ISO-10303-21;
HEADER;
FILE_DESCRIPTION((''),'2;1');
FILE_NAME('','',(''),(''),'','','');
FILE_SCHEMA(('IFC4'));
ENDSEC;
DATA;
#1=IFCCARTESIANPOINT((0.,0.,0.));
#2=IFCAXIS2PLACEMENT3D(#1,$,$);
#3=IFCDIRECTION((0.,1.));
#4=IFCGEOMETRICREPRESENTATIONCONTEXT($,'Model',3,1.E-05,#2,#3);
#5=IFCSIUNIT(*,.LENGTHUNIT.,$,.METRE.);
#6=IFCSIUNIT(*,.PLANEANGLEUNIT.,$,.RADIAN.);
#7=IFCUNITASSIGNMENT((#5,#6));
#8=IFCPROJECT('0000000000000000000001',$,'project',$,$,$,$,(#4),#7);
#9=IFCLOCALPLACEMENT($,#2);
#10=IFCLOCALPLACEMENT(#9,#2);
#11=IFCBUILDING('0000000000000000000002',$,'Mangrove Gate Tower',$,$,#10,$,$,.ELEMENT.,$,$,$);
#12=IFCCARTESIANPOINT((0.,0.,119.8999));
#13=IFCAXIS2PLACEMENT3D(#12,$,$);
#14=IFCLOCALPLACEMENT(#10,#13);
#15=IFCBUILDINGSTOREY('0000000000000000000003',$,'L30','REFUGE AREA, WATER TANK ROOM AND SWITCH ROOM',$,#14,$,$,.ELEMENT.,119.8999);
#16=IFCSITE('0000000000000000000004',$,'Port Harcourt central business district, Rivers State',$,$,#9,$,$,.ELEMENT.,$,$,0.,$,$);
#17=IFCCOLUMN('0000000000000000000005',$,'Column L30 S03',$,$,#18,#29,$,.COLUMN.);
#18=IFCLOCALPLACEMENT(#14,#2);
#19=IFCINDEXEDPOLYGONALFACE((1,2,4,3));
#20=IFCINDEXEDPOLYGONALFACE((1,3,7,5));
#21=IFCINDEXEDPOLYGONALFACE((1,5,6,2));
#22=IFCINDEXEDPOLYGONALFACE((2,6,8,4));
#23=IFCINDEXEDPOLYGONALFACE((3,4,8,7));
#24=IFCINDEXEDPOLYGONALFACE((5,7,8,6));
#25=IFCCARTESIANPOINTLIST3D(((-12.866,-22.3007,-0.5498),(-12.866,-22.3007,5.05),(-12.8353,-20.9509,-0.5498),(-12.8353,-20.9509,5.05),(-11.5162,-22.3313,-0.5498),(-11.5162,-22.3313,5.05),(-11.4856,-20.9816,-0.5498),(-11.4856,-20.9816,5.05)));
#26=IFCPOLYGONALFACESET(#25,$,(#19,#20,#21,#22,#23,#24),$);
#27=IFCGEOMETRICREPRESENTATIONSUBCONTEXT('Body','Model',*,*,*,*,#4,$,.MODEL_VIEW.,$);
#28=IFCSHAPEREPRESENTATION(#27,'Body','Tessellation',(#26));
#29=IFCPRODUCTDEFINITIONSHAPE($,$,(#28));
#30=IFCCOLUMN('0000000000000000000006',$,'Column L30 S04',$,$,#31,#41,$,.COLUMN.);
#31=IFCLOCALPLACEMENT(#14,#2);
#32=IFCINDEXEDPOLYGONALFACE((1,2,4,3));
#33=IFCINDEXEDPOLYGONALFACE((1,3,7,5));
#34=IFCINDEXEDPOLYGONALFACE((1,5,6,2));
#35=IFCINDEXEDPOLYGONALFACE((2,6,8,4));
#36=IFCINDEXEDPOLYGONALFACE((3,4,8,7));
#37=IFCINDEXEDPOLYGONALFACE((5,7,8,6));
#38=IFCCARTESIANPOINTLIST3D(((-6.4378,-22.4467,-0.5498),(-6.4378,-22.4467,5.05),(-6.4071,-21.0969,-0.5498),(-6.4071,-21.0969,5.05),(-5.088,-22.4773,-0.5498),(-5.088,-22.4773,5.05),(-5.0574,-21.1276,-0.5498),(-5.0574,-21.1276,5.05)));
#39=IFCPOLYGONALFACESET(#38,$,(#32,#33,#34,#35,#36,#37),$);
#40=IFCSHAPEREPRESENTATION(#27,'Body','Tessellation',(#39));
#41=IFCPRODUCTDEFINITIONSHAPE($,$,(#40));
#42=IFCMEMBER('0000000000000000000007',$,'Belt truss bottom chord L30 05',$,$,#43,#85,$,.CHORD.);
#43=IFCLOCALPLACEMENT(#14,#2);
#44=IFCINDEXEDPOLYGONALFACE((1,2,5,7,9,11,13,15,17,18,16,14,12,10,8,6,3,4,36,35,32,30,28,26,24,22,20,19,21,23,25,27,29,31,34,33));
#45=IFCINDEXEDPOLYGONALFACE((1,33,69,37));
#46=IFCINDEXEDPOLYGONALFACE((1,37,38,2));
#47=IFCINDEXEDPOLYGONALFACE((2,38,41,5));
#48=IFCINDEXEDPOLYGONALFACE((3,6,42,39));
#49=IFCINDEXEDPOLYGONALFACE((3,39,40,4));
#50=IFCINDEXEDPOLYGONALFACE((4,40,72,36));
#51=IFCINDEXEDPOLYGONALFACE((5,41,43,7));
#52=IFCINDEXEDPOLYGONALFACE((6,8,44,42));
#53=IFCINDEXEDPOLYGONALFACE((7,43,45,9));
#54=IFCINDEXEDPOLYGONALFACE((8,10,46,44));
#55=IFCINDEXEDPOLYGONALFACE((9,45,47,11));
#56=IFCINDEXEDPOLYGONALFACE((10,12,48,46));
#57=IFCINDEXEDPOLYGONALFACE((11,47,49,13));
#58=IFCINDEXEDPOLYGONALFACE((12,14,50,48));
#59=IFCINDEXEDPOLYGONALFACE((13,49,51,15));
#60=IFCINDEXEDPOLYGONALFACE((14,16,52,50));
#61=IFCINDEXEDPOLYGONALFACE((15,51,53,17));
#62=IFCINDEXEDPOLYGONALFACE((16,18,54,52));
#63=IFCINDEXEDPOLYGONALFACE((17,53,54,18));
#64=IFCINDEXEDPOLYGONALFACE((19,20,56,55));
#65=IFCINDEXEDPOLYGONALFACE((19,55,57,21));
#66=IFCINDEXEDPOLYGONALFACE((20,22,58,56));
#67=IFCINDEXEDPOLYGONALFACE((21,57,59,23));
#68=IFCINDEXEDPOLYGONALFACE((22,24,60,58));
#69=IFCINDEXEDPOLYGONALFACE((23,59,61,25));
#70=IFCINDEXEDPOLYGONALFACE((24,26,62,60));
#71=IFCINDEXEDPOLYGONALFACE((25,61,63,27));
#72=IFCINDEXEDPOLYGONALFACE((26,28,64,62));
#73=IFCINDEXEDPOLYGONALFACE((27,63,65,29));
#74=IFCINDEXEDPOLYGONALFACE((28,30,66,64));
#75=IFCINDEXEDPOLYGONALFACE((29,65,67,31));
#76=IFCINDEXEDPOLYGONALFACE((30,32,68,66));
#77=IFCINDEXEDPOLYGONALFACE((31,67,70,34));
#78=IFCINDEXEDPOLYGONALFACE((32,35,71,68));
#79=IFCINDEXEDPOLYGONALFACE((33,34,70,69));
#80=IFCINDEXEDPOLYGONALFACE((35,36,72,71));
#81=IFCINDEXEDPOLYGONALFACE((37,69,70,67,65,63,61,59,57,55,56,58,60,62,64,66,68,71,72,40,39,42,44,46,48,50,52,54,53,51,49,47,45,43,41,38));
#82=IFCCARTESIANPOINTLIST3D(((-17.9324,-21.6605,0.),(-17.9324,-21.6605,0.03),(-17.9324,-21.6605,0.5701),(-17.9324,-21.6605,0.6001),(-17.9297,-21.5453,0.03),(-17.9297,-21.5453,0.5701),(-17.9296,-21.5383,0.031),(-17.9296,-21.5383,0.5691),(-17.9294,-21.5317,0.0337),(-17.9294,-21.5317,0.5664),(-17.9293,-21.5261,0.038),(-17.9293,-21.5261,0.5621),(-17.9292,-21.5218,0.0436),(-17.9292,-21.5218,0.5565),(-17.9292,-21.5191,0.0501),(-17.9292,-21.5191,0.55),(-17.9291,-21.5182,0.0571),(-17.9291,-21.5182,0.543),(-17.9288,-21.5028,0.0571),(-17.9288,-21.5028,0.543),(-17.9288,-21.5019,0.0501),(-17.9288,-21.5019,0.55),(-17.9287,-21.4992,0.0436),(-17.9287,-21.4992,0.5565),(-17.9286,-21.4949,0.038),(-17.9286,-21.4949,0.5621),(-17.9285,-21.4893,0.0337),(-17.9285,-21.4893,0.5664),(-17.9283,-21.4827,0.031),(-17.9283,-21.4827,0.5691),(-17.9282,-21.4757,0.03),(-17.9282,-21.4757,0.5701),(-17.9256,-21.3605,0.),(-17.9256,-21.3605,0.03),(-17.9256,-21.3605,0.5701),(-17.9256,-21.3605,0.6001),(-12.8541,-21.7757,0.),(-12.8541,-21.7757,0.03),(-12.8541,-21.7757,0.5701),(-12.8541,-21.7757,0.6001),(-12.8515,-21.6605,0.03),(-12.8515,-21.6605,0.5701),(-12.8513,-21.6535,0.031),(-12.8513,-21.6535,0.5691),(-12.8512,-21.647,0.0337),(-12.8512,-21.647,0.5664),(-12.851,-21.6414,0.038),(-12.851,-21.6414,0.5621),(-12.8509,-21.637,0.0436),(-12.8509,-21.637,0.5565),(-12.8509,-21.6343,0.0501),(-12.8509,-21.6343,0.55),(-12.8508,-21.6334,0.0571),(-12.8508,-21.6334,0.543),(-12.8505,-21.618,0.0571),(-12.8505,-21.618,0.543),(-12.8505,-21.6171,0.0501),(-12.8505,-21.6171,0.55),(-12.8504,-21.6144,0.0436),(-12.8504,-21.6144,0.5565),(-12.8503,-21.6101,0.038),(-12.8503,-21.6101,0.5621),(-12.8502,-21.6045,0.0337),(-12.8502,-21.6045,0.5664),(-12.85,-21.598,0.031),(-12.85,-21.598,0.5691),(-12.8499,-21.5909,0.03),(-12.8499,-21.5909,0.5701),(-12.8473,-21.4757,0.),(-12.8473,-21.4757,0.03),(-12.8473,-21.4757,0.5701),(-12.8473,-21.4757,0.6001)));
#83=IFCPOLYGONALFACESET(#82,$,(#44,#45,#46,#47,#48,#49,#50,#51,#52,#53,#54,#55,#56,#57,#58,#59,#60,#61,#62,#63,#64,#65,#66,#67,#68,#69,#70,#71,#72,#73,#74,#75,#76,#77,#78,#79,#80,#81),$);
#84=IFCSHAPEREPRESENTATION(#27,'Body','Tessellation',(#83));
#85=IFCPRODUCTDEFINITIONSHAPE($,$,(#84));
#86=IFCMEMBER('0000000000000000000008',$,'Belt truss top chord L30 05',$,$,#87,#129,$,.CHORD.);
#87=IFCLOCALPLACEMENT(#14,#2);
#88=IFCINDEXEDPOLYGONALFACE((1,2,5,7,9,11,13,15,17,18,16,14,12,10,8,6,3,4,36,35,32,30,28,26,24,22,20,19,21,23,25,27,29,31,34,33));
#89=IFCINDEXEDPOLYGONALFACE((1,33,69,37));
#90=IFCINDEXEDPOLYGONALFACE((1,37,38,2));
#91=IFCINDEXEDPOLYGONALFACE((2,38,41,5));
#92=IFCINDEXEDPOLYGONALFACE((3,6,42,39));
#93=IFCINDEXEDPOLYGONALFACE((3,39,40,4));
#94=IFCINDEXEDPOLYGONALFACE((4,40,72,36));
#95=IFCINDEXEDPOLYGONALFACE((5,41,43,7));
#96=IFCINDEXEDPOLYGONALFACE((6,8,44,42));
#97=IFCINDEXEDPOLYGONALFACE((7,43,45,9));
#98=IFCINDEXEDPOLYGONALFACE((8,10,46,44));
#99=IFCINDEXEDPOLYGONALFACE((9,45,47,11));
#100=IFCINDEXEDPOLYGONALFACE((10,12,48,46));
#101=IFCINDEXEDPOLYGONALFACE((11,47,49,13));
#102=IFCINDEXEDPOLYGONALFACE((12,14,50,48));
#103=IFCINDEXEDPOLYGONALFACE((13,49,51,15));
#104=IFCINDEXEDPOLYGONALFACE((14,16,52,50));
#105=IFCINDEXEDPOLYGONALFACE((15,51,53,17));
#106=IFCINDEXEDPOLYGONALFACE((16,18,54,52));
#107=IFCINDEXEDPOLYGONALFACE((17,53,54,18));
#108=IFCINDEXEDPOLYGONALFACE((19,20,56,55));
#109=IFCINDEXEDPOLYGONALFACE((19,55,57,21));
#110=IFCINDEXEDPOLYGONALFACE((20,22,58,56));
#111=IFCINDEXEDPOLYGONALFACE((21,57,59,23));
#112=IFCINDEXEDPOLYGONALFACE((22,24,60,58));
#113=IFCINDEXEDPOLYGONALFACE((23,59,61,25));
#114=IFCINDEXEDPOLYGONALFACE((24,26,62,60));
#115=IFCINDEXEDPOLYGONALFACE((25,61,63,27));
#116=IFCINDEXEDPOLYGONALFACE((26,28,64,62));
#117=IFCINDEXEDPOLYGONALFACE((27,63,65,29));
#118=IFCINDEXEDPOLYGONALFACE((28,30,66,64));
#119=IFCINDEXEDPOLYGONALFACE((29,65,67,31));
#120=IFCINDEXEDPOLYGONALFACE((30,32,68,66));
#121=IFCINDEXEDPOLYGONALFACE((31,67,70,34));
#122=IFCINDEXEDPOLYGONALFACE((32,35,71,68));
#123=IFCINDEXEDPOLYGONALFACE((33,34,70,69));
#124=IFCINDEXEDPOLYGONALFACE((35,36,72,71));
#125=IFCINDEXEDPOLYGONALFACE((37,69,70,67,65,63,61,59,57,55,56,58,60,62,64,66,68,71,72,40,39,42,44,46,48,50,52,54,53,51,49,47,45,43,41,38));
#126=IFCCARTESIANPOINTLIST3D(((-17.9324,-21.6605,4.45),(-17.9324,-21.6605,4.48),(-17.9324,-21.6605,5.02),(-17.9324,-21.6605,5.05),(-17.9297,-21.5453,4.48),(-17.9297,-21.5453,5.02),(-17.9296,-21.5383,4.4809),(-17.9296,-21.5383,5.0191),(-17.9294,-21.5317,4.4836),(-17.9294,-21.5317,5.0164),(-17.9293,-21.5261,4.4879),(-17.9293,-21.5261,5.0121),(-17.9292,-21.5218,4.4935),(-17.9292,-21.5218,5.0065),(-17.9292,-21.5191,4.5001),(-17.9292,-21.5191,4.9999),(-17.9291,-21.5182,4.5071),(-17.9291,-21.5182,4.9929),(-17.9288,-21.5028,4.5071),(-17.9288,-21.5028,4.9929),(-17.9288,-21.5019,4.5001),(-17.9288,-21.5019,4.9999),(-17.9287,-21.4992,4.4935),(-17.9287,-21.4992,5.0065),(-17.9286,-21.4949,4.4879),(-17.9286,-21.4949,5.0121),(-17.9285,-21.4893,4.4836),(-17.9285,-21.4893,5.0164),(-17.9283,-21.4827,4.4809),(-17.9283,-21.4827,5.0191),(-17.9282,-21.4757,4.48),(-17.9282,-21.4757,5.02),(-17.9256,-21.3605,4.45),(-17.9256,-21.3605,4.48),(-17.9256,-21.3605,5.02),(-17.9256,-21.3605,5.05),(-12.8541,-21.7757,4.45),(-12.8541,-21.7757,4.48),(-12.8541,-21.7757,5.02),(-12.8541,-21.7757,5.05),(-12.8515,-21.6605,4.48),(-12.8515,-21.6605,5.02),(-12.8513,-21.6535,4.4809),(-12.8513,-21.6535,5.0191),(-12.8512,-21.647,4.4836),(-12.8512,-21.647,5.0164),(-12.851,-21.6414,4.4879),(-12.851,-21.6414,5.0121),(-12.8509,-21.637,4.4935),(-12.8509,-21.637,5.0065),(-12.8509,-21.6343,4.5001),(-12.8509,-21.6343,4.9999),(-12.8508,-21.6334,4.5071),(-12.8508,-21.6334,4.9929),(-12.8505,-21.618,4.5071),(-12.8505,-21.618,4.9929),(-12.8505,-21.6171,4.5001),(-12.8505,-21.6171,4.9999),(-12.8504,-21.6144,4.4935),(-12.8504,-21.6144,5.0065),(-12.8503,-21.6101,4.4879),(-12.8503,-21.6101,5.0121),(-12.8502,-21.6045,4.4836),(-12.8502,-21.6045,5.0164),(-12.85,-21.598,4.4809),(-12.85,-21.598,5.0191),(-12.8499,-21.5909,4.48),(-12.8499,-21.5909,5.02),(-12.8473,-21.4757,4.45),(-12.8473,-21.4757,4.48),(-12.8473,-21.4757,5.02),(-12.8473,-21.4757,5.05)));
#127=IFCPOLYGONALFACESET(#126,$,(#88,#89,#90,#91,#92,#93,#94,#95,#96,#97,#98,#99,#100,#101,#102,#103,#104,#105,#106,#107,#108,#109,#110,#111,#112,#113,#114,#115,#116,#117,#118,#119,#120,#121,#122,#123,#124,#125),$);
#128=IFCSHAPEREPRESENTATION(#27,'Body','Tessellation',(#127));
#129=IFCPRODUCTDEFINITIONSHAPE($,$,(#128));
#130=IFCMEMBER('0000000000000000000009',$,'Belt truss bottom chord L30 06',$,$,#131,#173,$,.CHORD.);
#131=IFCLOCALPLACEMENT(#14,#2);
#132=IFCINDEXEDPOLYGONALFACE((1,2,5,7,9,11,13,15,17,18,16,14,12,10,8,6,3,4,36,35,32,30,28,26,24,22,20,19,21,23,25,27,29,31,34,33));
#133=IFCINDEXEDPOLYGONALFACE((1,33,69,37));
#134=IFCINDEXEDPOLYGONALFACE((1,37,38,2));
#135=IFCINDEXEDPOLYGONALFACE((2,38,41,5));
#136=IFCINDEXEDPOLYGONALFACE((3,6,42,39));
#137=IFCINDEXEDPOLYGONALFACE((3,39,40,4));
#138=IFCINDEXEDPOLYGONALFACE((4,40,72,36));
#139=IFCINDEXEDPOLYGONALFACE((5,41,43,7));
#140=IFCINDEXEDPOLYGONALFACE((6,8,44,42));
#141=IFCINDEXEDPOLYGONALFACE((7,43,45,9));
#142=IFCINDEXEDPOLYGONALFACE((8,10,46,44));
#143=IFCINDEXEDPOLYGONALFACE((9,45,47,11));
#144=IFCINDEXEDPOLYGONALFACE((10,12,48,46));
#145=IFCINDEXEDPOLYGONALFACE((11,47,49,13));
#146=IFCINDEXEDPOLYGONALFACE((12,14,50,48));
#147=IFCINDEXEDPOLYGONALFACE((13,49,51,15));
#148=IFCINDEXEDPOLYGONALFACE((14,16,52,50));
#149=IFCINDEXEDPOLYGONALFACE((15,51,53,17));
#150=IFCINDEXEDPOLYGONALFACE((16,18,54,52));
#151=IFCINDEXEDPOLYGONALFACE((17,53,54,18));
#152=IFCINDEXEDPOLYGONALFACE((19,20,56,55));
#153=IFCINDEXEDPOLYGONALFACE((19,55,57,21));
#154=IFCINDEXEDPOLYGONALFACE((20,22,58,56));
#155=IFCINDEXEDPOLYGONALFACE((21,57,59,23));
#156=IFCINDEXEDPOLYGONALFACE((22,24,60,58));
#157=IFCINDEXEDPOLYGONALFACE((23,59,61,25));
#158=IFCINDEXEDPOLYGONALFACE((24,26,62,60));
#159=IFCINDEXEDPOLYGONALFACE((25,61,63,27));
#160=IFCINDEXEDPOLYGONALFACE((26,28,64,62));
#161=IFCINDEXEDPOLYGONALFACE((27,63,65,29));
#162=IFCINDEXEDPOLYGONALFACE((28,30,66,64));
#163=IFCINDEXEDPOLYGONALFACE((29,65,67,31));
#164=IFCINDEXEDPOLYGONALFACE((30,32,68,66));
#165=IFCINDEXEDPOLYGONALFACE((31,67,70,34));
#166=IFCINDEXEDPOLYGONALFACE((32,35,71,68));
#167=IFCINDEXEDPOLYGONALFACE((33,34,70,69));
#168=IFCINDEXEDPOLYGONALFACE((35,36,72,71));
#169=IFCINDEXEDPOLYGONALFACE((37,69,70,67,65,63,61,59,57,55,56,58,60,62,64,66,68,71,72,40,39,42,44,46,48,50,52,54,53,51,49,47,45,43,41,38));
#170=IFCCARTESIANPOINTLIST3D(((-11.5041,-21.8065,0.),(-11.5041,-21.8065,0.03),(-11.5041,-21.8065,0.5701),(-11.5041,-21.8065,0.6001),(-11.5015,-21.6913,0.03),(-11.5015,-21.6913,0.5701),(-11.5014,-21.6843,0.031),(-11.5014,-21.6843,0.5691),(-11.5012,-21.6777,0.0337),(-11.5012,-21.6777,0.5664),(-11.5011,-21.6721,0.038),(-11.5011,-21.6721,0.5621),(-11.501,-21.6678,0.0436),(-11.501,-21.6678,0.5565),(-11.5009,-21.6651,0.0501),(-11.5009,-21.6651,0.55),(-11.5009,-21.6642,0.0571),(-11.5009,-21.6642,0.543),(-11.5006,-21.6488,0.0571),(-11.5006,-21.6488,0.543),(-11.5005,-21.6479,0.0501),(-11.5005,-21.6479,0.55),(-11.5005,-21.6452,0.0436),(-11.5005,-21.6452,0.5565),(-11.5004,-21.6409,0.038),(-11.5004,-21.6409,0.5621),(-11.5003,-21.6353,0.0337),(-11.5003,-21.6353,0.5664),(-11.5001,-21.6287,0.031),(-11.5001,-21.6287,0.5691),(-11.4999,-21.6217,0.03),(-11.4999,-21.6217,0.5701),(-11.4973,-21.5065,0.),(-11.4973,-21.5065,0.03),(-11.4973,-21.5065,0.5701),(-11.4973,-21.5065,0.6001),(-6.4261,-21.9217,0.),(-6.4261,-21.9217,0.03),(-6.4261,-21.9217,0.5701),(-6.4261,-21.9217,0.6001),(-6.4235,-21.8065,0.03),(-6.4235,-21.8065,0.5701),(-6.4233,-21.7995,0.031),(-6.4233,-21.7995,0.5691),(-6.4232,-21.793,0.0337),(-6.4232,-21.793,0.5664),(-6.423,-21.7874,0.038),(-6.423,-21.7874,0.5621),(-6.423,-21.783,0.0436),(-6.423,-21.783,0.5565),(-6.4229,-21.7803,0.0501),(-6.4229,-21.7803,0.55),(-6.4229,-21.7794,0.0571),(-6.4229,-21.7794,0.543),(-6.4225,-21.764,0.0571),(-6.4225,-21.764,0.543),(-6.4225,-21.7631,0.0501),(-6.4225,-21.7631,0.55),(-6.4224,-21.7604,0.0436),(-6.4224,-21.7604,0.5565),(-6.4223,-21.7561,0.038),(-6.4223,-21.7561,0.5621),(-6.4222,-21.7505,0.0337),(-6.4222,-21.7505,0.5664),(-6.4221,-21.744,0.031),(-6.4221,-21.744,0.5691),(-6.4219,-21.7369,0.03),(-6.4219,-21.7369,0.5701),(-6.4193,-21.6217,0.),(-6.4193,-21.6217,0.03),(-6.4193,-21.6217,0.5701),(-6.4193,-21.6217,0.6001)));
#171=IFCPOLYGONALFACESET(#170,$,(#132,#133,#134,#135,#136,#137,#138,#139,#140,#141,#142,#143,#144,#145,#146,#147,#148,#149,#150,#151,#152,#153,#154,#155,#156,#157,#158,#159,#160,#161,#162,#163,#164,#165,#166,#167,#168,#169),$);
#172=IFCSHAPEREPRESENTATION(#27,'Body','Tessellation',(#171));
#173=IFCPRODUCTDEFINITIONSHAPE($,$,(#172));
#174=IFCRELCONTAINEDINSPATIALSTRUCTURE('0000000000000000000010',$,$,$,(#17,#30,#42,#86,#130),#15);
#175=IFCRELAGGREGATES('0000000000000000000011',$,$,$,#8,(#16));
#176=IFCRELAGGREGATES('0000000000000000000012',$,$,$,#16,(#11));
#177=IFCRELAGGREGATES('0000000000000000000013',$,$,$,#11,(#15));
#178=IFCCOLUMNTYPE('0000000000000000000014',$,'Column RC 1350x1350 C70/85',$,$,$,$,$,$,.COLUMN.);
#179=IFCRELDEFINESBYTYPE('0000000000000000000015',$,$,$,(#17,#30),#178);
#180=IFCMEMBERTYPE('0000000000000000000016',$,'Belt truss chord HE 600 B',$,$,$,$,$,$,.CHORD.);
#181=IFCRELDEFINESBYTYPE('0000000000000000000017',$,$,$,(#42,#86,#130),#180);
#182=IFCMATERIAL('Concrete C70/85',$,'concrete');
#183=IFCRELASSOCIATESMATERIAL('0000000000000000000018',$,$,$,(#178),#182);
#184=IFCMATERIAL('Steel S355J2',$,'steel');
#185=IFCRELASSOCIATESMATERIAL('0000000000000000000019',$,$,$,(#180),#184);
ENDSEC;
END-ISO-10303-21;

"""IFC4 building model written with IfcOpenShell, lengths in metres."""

from ifc_helpers import new_model, si_unit, direction, frame, origin, origin_2d, place, context, subcontext, project, spatial, rectangle, i_section, extrude, material, material_profile, profile_set, type_object, element, save


model = new_model("IFC4")

# Units and contexts
model_context = context("Model", 3, precision=1e-05, world=origin(), true_north=direction((0.0, 1.0)))
body_context = subcontext(model_context, "Body", "Model", "MODEL_VIEW")
ifc_project = project(units=[si_unit("LENGTHUNIT", "METRE"), si_unit("PLANEANGLEUNIT", "RADIAN")], contexts=[model_context])

# Site, building, storey
site_placement = place(None, origin())
site = spatial("IfcSite", under=ifc_project, at=site_placement, Name="Port Harcourt central business district, Rivers State", CompositionType="ELEMENT", RefElevation=0.0)
building_placement = place(site_placement, origin())
building = spatial("IfcBuilding", under=site, at=building_placement, Name="Mangrove Gate Tower", CompositionType="ELEMENT")
storey_placement = place(building_placement, frame((0.0, 0.0, 119.8999)))
storey = spatial("IfcBuildingStorey", under=building, at=storey_placement, Name="L30", Description="REFUGE AREA, WATER TANK ROOM AND SWITCH ROOM", CompositionType="ELEMENT", Elevation=119.8999)

# Columns
ifc_material_1 = material(Name="Concrete C70/85", Category="concrete")
ifc_material_profile_1 = material_profile(ifc_material_1, rectangle(XDim=1.3501, YDim=1.3501, at=origin_2d()))
ifc_profile_set_1 = profile_set([ifc_material_profile_1], Name="Concrete C70/85")
column_type = type_object("IfcColumnType", Name="Column RC 1350x1350 C70/85", PredefinedType="COLUMN", material=ifc_profile_set_1)
for number, where, z_axis, x_axis, name in (
    (1, (-12.1758, -21.6411, -0.5498), (0.0, 0.0, 1.0), (0.999742, -0.022707, 0.0), "Column L30 S03"),
    (2, (-5.7476, -21.7871, -0.5498), (0.0, 0.0, 1.0), (0.999742, -0.022707, 0.0), "Column L30 S04"),
):
    element("IfcColumn", number, at=place(storey_placement, frame(where, z_axis=z_axis, x_axis=x_axis)), inside=storey, type_object=column_type, Name=name, PredefinedType="COLUMN", context=body_context, shape_type="SweptSolid", body=[
        extrude(rectangle(XDim=1.3501, YDim=1.3501, at=origin_2d()), origin(), (0.0, 0.0, 1.0), 5.5999),
    ])

# Members
ifc_material_2 = material(Name="Steel S355J2", Category="steel")
ifc_material_profile_2 = material_profile(ifc_material_2, i_section(OverallWidth=0.3, OverallDepth=0.6001, WebThickness=0.0154, FlangeThickness=0.03, FilletRadius=0.0271, at=origin_2d()))
ifc_profile_set_2 = profile_set([ifc_material_profile_2], Name="Steel S355J2")
member_type_1 = type_object("IfcMemberType", Name="Belt truss chord HE 600 B", PredefinedType="CHORD", material=ifc_profile_set_2)
for number, where, z_axis, x_axis, name in (
    (3, (-17.929, -21.5105, 0.3), (0.999743, -0.022685, 0.0), (0.022685, 0.999743, 0.0), "Belt truss bottom chord L30 05"),
    (4, (-17.929, -21.5105, 4.75), (0.999743, -0.022685, 0.0), (0.022685, 0.999743, 0.0), "Belt truss top chord L30 05"),
):
    element("IfcMember", number, at=place(storey_placement, frame(where, z_axis=z_axis, x_axis=x_axis)), inside=storey, type_object=member_type_1, Name=name, PredefinedType="CHORD", context=body_context, shape_type="SweptSolid", body=[
        extrude(i_section(OverallWidth=0.3, OverallDepth=0.6001, WebThickness=0.0154, FlangeThickness=0.03, FilletRadius=0.0271, at=origin_2d()), origin(), (0.0, 0.0, 1.0), 5.0796),
    ])
for number, where, z_axis, x_axis, name in (
    (5, (-11.5007, -21.6565, 0.3), (0.999743, -0.022686, 0.0), (0.022686, 0.999743, 0.0), "Belt truss bottom chord L30 06"),
):
    element("IfcMember", number, at=place(storey_placement, frame(where, z_axis=z_axis, x_axis=x_axis)), inside=storey, type_object=member_type_1, Name=name, PredefinedType="CHORD", context=body_context, shape_type="SweptSolid", body=[
        extrude(i_section(OverallWidth=0.3, OverallDepth=0.6001, WebThickness=0.0154, FlangeThickness=0.03, FilletRadius=0.0271, at=origin_2d()), origin(), (0.0, 0.0, 1.0), 5.0793),
    ])

save(model, "model.ifc")
